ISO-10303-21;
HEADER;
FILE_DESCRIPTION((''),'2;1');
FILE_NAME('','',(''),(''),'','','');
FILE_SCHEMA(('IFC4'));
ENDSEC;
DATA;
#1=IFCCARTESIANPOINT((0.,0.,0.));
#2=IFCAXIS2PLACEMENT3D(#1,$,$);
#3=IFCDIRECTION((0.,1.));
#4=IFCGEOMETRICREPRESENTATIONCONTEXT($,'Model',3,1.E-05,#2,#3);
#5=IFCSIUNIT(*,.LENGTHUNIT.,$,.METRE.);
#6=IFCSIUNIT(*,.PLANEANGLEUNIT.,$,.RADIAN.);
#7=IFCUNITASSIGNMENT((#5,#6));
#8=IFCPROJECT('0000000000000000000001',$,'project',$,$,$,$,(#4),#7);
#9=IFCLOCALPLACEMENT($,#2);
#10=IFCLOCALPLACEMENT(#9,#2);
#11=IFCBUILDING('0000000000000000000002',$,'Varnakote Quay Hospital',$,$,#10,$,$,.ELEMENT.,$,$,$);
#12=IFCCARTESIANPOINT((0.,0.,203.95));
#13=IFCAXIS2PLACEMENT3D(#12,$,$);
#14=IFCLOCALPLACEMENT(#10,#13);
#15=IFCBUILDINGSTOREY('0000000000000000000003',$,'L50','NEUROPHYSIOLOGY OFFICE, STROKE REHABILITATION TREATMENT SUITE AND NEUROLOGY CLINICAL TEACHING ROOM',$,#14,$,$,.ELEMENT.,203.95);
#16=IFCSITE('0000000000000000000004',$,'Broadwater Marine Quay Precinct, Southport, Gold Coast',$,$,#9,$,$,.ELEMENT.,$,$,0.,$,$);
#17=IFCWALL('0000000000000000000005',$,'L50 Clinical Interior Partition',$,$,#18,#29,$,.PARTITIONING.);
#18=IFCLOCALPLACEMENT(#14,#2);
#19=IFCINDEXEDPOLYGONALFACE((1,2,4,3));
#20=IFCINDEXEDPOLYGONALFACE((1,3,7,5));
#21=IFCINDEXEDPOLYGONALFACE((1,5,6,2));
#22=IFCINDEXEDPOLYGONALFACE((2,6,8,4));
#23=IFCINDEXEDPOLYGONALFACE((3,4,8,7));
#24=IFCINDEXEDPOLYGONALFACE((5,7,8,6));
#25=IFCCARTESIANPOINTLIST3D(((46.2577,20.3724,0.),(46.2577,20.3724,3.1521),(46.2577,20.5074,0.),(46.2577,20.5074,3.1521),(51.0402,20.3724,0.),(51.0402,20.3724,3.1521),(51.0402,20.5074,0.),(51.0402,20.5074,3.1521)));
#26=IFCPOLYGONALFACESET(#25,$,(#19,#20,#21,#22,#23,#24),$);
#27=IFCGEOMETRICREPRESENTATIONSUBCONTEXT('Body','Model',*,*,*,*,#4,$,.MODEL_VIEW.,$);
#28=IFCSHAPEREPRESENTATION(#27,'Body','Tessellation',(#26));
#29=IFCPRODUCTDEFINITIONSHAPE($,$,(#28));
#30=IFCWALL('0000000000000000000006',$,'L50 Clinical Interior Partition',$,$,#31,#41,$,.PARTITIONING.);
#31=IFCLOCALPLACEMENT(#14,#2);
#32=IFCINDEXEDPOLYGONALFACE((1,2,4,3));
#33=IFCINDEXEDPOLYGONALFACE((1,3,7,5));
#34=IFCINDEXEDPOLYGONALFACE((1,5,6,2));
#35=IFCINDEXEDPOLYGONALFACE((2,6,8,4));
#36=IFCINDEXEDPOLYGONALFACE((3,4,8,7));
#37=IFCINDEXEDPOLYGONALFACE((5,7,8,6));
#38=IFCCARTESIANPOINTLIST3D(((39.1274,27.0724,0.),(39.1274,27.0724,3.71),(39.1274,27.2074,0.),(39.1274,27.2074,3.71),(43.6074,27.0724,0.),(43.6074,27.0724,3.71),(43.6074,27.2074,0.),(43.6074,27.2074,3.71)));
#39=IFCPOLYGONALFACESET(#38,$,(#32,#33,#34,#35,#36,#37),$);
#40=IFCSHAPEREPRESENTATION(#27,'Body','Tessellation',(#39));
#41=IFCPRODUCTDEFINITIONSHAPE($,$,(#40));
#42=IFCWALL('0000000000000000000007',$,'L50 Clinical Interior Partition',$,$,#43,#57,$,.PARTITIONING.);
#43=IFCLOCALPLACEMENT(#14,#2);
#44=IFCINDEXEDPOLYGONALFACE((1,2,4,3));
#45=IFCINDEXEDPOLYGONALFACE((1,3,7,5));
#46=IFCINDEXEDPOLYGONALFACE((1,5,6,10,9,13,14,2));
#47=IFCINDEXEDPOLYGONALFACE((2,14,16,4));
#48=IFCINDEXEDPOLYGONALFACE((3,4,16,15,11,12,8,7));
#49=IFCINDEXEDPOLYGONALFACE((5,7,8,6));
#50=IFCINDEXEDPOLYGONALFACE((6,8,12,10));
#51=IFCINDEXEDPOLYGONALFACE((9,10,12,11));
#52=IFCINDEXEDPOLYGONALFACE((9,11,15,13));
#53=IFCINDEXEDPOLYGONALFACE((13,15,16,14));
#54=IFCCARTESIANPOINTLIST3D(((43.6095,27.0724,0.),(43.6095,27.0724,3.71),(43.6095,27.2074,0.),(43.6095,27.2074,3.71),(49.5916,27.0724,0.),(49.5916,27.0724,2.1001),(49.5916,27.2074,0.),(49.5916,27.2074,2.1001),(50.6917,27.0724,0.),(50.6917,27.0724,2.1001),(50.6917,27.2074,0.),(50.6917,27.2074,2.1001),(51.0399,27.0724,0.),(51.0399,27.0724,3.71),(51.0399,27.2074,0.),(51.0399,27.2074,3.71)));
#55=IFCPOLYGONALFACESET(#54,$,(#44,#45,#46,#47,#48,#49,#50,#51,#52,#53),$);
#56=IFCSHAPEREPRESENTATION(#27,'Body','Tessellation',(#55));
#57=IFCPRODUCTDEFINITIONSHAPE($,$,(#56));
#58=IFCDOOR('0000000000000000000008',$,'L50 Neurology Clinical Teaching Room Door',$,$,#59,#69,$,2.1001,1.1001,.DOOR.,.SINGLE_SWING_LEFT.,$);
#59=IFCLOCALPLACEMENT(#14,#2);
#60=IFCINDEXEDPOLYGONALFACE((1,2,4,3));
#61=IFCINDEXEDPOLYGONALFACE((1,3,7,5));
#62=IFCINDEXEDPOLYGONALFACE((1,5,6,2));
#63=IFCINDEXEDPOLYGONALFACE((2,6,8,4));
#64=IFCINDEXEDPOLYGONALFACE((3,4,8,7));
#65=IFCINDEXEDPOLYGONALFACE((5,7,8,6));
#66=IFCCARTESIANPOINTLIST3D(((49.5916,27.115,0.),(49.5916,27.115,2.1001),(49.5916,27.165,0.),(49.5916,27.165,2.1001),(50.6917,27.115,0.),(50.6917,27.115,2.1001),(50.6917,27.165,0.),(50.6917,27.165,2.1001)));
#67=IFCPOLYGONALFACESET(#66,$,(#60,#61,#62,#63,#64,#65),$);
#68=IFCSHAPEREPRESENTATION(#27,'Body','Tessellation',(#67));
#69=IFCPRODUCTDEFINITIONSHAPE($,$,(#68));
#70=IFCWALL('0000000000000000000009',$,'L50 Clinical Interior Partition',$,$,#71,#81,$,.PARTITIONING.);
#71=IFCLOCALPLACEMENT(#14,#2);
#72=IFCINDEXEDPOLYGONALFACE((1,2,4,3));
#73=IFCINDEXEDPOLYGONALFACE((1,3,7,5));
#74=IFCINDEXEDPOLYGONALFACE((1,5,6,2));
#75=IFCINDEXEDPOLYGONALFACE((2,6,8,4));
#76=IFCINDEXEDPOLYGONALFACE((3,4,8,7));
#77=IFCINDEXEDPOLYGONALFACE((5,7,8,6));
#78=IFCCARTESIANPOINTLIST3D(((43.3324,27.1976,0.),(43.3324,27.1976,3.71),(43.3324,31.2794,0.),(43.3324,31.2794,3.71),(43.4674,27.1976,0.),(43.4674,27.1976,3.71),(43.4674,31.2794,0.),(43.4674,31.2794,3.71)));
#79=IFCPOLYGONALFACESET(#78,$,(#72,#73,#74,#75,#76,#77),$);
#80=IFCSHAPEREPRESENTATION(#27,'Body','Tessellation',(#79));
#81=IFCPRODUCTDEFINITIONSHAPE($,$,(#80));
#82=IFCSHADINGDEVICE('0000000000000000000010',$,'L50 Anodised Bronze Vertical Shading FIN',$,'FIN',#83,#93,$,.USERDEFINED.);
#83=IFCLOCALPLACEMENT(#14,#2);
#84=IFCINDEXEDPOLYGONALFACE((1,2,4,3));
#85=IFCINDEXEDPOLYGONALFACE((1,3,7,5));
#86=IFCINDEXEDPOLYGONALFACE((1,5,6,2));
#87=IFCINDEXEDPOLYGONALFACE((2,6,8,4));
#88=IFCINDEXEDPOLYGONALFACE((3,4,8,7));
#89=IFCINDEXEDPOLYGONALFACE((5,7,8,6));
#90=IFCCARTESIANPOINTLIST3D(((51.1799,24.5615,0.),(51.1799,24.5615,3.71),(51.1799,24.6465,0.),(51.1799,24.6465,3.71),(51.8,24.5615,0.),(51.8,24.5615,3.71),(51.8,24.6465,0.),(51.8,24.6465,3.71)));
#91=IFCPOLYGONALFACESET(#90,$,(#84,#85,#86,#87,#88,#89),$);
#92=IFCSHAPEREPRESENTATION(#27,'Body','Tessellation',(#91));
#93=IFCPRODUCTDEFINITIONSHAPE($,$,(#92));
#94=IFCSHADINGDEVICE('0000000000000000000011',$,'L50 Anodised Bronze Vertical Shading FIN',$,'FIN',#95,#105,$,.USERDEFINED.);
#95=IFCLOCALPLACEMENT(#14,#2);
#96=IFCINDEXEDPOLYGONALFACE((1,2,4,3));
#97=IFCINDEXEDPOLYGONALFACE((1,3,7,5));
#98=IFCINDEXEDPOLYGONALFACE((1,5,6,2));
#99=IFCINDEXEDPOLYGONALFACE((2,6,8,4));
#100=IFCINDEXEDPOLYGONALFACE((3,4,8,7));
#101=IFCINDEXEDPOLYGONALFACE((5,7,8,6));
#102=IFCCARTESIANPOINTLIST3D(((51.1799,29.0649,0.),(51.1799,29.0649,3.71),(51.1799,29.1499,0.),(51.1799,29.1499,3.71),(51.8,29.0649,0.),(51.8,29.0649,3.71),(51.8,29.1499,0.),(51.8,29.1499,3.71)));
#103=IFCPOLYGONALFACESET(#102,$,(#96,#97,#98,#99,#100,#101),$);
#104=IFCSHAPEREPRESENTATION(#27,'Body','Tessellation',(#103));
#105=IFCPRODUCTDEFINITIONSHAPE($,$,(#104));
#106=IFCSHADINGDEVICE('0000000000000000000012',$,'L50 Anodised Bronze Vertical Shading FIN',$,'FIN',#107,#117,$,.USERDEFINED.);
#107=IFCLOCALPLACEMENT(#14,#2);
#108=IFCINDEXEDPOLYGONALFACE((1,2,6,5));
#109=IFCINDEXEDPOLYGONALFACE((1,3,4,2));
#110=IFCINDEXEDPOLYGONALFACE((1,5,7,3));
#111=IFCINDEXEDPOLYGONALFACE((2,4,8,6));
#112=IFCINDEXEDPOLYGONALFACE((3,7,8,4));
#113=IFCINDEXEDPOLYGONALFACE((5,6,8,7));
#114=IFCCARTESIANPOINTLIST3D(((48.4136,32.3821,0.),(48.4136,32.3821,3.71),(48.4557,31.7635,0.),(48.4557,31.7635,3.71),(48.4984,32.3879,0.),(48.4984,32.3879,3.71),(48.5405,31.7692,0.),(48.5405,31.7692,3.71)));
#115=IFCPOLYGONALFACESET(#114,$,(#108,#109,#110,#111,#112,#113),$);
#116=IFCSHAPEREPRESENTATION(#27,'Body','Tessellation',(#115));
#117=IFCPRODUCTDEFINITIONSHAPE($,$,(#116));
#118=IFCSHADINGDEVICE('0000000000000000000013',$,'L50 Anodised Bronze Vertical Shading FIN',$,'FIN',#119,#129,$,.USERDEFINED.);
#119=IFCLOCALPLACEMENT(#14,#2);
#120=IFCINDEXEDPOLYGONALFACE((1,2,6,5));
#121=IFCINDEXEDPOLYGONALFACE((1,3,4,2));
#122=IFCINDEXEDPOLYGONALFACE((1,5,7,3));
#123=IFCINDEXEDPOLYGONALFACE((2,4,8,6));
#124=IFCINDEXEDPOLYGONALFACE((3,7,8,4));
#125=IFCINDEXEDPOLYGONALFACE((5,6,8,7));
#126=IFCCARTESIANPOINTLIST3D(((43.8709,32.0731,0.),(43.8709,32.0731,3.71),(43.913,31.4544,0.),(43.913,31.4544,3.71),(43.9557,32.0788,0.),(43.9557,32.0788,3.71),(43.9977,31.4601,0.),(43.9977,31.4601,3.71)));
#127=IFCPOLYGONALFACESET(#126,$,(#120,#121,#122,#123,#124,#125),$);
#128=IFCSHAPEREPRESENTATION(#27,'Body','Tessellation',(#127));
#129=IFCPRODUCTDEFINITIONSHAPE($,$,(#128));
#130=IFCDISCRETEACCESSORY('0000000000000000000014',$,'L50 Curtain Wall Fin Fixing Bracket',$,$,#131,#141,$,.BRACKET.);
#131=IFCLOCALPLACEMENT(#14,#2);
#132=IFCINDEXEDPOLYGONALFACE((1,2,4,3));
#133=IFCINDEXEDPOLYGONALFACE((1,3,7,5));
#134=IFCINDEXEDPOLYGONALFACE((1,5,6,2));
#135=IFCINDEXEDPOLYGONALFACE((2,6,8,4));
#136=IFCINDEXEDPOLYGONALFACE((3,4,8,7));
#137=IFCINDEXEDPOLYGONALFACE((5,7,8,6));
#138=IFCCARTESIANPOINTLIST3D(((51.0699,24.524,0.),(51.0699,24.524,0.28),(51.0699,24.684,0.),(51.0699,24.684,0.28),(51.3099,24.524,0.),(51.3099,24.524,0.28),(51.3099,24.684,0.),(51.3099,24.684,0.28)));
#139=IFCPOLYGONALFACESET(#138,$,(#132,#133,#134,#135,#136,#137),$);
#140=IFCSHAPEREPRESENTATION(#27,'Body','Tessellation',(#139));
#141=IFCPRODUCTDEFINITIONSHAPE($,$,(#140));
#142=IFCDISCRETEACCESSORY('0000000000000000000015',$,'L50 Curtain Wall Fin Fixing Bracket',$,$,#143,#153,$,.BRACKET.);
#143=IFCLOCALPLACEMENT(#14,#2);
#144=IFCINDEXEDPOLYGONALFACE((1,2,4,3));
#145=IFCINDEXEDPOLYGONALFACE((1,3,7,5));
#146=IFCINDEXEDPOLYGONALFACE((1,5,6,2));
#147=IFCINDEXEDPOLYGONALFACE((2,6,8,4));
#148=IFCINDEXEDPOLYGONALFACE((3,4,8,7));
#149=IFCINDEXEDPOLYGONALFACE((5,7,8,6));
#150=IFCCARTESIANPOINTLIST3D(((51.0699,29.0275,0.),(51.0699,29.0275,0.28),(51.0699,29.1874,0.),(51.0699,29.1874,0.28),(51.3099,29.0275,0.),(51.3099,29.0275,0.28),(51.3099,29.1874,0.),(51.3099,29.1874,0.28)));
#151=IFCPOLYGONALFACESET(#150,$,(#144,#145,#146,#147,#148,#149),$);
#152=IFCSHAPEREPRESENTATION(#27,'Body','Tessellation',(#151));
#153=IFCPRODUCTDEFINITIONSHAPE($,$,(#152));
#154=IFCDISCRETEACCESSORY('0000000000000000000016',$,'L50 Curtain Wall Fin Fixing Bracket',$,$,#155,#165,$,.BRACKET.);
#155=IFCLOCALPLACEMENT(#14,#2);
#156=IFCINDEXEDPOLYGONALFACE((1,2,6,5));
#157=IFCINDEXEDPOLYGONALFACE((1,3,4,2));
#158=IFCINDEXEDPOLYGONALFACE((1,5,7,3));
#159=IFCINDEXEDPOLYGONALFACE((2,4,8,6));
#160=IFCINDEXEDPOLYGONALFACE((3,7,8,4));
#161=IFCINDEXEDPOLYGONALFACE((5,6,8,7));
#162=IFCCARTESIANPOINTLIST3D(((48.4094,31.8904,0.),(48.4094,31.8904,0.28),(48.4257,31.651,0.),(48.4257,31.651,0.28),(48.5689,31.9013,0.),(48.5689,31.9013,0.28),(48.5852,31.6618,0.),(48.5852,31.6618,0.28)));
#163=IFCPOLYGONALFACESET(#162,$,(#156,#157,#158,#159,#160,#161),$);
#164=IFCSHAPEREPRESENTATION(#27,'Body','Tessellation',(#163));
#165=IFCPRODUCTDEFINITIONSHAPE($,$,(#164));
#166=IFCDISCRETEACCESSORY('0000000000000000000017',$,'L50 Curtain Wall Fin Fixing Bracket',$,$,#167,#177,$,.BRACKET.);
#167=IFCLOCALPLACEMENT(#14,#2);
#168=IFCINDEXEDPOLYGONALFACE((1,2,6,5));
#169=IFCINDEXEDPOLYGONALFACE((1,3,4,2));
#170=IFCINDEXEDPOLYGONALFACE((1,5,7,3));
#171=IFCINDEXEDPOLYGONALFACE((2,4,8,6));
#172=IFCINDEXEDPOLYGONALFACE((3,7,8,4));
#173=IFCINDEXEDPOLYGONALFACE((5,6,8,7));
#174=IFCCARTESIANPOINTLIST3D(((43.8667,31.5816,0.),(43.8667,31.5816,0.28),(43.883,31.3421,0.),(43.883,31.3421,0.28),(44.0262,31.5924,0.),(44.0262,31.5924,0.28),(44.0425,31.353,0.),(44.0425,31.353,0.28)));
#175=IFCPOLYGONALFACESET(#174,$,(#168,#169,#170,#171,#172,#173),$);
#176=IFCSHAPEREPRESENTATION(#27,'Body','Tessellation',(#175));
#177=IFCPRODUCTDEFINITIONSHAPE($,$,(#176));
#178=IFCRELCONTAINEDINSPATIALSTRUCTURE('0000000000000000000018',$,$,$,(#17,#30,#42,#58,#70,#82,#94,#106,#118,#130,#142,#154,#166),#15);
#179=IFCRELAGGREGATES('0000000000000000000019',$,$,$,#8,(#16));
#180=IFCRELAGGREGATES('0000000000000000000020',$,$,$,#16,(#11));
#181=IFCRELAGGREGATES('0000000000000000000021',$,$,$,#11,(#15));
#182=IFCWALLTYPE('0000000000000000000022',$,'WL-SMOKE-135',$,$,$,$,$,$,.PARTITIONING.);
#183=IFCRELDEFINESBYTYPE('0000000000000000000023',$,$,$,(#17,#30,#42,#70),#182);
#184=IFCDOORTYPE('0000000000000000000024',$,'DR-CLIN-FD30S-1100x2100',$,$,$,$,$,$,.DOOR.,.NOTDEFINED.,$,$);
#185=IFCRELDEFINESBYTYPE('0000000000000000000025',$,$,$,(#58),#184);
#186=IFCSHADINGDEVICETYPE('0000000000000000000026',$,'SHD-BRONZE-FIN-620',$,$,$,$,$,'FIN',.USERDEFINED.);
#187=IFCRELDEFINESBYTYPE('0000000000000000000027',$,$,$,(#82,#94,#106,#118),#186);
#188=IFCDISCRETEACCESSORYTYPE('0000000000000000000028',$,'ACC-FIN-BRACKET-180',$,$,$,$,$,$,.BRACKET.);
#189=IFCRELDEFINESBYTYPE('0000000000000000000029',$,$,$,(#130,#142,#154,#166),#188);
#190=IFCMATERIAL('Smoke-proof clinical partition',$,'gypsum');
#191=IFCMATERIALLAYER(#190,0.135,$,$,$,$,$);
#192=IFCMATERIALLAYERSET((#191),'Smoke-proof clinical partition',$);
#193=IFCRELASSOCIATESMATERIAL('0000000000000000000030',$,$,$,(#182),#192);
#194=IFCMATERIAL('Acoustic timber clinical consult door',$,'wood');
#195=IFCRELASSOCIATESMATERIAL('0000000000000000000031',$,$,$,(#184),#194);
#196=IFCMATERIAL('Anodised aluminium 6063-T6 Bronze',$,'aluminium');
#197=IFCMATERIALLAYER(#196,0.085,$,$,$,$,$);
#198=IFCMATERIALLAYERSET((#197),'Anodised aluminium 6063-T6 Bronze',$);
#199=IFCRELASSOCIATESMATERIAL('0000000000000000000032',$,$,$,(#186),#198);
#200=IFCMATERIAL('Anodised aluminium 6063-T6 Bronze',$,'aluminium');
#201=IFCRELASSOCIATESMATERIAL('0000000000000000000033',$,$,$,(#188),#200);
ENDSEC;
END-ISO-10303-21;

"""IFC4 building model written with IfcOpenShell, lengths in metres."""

from ifc_helpers import new_model, si_unit, direction, frame, frame_2d, origin, origin_2d, place, context, subcontext, project, spatial, rectangle, extrude, material, layer, layer_set, type_object, element, fill, save


model = new_model("IFC4")

# Units and contexts
model_context = context("Model", 3, precision=1e-05, world=origin(), true_north=direction((0.0, 1.0)))
body_context = subcontext(model_context, "Body", "Model", "MODEL_VIEW")
ifc_project = project(units=[si_unit("LENGTHUNIT", "METRE"), si_unit("PLANEANGLEUNIT", "RADIAN")], contexts=[model_context])

# Site, building, storey
site_placement = place(None, origin())
site = spatial("IfcSite", under=ifc_project, at=site_placement, Name="Broadwater Marine Quay Precinct, Southport, Gold Coast", CompositionType="ELEMENT", RefElevation=0.0)
building_placement = place(site_placement, origin())
building = spatial("IfcBuilding", under=site, at=building_placement, Name="Varnakote Quay Hospital", CompositionType="ELEMENT")
storey_placement = place(building_placement, frame((0.0, 0.0, 203.95)))
storey = spatial("IfcBuildingStorey", under=building, at=storey_placement, Name="L50", Description="NEUROPHYSIOLOGY OFFICE, STROKE REHABILITATION TREATMENT SUITE AND NEUROLOGY CLINICAL TEACHING ROOM", CompositionType="ELEMENT", Elevation=203.95)

# Walls
ifc_material_1 = material(Name="Smoke-proof clinical partition", Category="gypsum")
ifc_layer_1 = layer(ifc_material_1, 0.135)
ifc_layer_set_1 = layer_set([ifc_layer_1], Name="Smoke-proof clinical partition")
wall_type_1 = type_object("IfcWallType", Name="WL-SMOKE-135", PredefinedType="PARTITIONING", material=ifc_layer_set_1)
wall_1_placement = place(storey_placement, frame((51.04, 20.4399, 0.0), z_axis=(0.0, 0.0, 1.0), x_axis=(-1.0, 0.0, 0.0)))
element("IfcWall", 1, at=wall_1_placement, inside=storey, type_object=wall_type_1, Name="L50 Clinical Interior Partition", PredefinedType="PARTITIONING", context=body_context, shape_type="SweptSolid", body=[
    extrude(rectangle(XDim=4.7825, YDim=0.135, at=frame_2d((2.3911, 0.0))), origin(), (0.0, 0.0, 1.0), 3.1521),
])
wall_2_placement = place(storey_placement, frame((43.6074, 27.1399, 0.0), z_axis=(0.0, 0.0, 1.0), x_axis=(-1.0, 0.0, 0.0)))
element("IfcWall", 2, at=wall_2_placement, inside=storey, type_object=wall_type_1, Name="L50 Clinical Interior Partition", PredefinedType="PARTITIONING", context=body_context, shape_type="SweptSolid", body=[
    extrude(rectangle(XDim=4.48, YDim=0.135, at=frame_2d((2.24, 0.0))), origin(), (0.0, 0.0, 1.0), 3.71),
])

# Wall, opening, door
wall_3_placement = place(storey_placement, frame((51.04, 27.1399, 0.0), z_axis=(0.0, 0.0, 1.0), x_axis=(-1.0, 0.0, 0.0)))
wall_3 = element("IfcWall", 3, at=wall_3_placement, inside=storey, type_object=wall_type_1, Name="L50 Clinical Interior Partition", PredefinedType="PARTITIONING", context=body_context, shape_type="SweptSolid", body=[
    extrude(rectangle(XDim=7.4304, YDim=0.135, at=frame_2d((3.7153, 0.0))), origin(), (0.0, 0.0, 1.0), 3.71),
])
opening_placement = place(wall_3_placement, frame((0.3484, 0.0, 0.0)))
opening = element("IfcOpeningElement", 4, at=opening_placement, cuts=wall_3, PredefinedType="OPENING", context=body_context, shape_type="SweptSolid", body=[
    extrude(rectangle(XDim=1.1001, YDim=2.1001, at=frame_2d((0.55, 1.05))), frame((0.0, 0.0774, 0.0), z_axis=(0.0, -1.0, 0.0), x_axis=(1.0, 0.0, 0.0)), (0.0, 0.0, 1.0), 0.155),
])
ifc_material_2 = material(Name="Acoustic timber clinical consult door", Category="wood")
door_type = type_object("IfcDoorType", Name="DR-CLIN-FD30S-1100x2100", OperationType="NOTDEFINED", PredefinedType="DOOR", material=ifc_material_2)
door_placement = place(opening_placement, origin())
door = element("IfcDoor", 5, at=door_placement, inside=storey, type_object=door_type, Name="L50 Neurology Clinical Teaching Room Door", OperationType="SINGLE_SWING_LEFT", OverallHeight=2.1001, OverallWidth=1.1001, PredefinedType="DOOR", context=body_context, shape_type="SweptSolid", body=[
    extrude(rectangle(XDim=1.1001, YDim=2.1001, at=frame_2d((0.55, 1.05))), frame((0.0, 0.0249, 0.0), z_axis=(0.0, -1.0, 0.0), x_axis=(1.0, 0.0, 0.0)), (0.0, 0.0, 1.0), 0.05),
])
fill(opening, door)

# Wall
wall_4_placement = place(storey_placement, frame((43.3999, 27.1975, 0.0), z_axis=(0.0, 0.0, 1.0), x_axis=(0.0, 1.0, 0.0)))
element("IfcWall", 6, at=wall_4_placement, inside=storey, type_object=wall_type_1, Name="L50 Clinical Interior Partition", PredefinedType="PARTITIONING", context=body_context, shape_type="SweptSolid", body=[
    extrude(rectangle(XDim=4.0818, YDim=0.135, at=frame_2d((2.041, 0.0))), origin(), (0.0, 0.0, 1.0), 3.71),
])

# Shading devices
ifc_material_3 = material(Name="Anodised aluminium 6063-T6 Bronze", Category="aluminium")
ifc_layer_2 = layer(ifc_material_3, 0.085)
ifc_layer_set_2 = layer_set([ifc_layer_2], Name="Anodised aluminium 6063-T6 Bronze")
shading_device_type = type_object("IfcShadingDeviceType", Name="SHD-BRONZE-FIN-620", ElementType="FIN", PredefinedType="USERDEFINED", material=ifc_layer_set_2)
for number, where, z_axis, x_axis, name in (
    (7, (51.49, 24.604, 0.0), (0.0, 0.0, 1.0), (-1.0, 0.0, 0.0), "L50 Anodised Bronze Vertical Shading FIN"),
    (8, (51.49, 29.1074, 0.0), (0.0, 0.0, 1.0), (-1.0, 0.0, 0.0), "L50 Anodised Bronze Vertical Shading FIN"),
    (9, (48.4771, 32.0757, 0.0), (0.0, 0.0, 1.0), (0.067841, -0.997696, 0.0), "L50 Anodised Bronze Vertical Shading FIN"),
    (10, (43.9343, 31.7666, 0.0), (0.0, 0.0, 1.0), (0.067841, -0.997696, 0.0), "L50 Anodised Bronze Vertical Shading FIN"),
):
    element("IfcShadingDevice", number, at=place(storey_placement, frame(where, z_axis=z_axis, x_axis=x_axis)), inside=storey, type_object=shading_device_type, Name=name, ObjectType="FIN", PredefinedType="USERDEFINED", context=body_context, shape_type="SweptSolid", body=[
        extrude(rectangle(XDim=0.6201, YDim=0.085, at=origin_2d()), origin(), (0.0, 0.0, 1.0), 3.71),
    ])

# Discrete accessories
ifc_material_4 = material(Name="Anodised aluminium 6063-T6 Bronze", Category="aluminium")
discrete_accessory_type = type_object("IfcDiscreteAccessoryType", Name="ACC-FIN-BRACKET-180", PredefinedType="BRACKET", material=ifc_material_4)
for number, where, z_axis, x_axis, name in (
    (11, (51.1899, 24.604, 0.0), (0.0, 0.0, 1.0), (0.0, 1.0, 0.0), "L50 Curtain Wall Fin Fixing Bracket"),
    (12, (51.1899, 29.1074, 0.0), (0.0, 0.0, 1.0), (0.0, 1.0, 0.0), "L50 Curtain Wall Fin Fixing Bracket"),
    (13, (48.4973, 31.7761, 0.0), (0.0, 0.0, 1.0), (-0.997696, -0.067841, 0.0), "L50 Curtain Wall Fin Fixing Bracket"),
    (14, (43.9546, 31.4673, 0.0), (0.0, 0.0, 1.0), (-0.997696, -0.067841, 0.0), "L50 Curtain Wall Fin Fixing Bracket"),
):
    element("IfcDiscreteAccessory", number, at=place(storey_placement, frame(where, z_axis=z_axis, x_axis=x_axis)), inside=storey, type_object=discrete_accessory_type, Name=name, PredefinedType="BRACKET", context=body_context, shape_type="SweptSolid", body=[
        extrude(rectangle(XDim=0.1599, YDim=0.24, at=origin_2d()), origin(), (0.0, 0.0, 1.0), 0.28),
    ])

save(model, "model.ifc")
